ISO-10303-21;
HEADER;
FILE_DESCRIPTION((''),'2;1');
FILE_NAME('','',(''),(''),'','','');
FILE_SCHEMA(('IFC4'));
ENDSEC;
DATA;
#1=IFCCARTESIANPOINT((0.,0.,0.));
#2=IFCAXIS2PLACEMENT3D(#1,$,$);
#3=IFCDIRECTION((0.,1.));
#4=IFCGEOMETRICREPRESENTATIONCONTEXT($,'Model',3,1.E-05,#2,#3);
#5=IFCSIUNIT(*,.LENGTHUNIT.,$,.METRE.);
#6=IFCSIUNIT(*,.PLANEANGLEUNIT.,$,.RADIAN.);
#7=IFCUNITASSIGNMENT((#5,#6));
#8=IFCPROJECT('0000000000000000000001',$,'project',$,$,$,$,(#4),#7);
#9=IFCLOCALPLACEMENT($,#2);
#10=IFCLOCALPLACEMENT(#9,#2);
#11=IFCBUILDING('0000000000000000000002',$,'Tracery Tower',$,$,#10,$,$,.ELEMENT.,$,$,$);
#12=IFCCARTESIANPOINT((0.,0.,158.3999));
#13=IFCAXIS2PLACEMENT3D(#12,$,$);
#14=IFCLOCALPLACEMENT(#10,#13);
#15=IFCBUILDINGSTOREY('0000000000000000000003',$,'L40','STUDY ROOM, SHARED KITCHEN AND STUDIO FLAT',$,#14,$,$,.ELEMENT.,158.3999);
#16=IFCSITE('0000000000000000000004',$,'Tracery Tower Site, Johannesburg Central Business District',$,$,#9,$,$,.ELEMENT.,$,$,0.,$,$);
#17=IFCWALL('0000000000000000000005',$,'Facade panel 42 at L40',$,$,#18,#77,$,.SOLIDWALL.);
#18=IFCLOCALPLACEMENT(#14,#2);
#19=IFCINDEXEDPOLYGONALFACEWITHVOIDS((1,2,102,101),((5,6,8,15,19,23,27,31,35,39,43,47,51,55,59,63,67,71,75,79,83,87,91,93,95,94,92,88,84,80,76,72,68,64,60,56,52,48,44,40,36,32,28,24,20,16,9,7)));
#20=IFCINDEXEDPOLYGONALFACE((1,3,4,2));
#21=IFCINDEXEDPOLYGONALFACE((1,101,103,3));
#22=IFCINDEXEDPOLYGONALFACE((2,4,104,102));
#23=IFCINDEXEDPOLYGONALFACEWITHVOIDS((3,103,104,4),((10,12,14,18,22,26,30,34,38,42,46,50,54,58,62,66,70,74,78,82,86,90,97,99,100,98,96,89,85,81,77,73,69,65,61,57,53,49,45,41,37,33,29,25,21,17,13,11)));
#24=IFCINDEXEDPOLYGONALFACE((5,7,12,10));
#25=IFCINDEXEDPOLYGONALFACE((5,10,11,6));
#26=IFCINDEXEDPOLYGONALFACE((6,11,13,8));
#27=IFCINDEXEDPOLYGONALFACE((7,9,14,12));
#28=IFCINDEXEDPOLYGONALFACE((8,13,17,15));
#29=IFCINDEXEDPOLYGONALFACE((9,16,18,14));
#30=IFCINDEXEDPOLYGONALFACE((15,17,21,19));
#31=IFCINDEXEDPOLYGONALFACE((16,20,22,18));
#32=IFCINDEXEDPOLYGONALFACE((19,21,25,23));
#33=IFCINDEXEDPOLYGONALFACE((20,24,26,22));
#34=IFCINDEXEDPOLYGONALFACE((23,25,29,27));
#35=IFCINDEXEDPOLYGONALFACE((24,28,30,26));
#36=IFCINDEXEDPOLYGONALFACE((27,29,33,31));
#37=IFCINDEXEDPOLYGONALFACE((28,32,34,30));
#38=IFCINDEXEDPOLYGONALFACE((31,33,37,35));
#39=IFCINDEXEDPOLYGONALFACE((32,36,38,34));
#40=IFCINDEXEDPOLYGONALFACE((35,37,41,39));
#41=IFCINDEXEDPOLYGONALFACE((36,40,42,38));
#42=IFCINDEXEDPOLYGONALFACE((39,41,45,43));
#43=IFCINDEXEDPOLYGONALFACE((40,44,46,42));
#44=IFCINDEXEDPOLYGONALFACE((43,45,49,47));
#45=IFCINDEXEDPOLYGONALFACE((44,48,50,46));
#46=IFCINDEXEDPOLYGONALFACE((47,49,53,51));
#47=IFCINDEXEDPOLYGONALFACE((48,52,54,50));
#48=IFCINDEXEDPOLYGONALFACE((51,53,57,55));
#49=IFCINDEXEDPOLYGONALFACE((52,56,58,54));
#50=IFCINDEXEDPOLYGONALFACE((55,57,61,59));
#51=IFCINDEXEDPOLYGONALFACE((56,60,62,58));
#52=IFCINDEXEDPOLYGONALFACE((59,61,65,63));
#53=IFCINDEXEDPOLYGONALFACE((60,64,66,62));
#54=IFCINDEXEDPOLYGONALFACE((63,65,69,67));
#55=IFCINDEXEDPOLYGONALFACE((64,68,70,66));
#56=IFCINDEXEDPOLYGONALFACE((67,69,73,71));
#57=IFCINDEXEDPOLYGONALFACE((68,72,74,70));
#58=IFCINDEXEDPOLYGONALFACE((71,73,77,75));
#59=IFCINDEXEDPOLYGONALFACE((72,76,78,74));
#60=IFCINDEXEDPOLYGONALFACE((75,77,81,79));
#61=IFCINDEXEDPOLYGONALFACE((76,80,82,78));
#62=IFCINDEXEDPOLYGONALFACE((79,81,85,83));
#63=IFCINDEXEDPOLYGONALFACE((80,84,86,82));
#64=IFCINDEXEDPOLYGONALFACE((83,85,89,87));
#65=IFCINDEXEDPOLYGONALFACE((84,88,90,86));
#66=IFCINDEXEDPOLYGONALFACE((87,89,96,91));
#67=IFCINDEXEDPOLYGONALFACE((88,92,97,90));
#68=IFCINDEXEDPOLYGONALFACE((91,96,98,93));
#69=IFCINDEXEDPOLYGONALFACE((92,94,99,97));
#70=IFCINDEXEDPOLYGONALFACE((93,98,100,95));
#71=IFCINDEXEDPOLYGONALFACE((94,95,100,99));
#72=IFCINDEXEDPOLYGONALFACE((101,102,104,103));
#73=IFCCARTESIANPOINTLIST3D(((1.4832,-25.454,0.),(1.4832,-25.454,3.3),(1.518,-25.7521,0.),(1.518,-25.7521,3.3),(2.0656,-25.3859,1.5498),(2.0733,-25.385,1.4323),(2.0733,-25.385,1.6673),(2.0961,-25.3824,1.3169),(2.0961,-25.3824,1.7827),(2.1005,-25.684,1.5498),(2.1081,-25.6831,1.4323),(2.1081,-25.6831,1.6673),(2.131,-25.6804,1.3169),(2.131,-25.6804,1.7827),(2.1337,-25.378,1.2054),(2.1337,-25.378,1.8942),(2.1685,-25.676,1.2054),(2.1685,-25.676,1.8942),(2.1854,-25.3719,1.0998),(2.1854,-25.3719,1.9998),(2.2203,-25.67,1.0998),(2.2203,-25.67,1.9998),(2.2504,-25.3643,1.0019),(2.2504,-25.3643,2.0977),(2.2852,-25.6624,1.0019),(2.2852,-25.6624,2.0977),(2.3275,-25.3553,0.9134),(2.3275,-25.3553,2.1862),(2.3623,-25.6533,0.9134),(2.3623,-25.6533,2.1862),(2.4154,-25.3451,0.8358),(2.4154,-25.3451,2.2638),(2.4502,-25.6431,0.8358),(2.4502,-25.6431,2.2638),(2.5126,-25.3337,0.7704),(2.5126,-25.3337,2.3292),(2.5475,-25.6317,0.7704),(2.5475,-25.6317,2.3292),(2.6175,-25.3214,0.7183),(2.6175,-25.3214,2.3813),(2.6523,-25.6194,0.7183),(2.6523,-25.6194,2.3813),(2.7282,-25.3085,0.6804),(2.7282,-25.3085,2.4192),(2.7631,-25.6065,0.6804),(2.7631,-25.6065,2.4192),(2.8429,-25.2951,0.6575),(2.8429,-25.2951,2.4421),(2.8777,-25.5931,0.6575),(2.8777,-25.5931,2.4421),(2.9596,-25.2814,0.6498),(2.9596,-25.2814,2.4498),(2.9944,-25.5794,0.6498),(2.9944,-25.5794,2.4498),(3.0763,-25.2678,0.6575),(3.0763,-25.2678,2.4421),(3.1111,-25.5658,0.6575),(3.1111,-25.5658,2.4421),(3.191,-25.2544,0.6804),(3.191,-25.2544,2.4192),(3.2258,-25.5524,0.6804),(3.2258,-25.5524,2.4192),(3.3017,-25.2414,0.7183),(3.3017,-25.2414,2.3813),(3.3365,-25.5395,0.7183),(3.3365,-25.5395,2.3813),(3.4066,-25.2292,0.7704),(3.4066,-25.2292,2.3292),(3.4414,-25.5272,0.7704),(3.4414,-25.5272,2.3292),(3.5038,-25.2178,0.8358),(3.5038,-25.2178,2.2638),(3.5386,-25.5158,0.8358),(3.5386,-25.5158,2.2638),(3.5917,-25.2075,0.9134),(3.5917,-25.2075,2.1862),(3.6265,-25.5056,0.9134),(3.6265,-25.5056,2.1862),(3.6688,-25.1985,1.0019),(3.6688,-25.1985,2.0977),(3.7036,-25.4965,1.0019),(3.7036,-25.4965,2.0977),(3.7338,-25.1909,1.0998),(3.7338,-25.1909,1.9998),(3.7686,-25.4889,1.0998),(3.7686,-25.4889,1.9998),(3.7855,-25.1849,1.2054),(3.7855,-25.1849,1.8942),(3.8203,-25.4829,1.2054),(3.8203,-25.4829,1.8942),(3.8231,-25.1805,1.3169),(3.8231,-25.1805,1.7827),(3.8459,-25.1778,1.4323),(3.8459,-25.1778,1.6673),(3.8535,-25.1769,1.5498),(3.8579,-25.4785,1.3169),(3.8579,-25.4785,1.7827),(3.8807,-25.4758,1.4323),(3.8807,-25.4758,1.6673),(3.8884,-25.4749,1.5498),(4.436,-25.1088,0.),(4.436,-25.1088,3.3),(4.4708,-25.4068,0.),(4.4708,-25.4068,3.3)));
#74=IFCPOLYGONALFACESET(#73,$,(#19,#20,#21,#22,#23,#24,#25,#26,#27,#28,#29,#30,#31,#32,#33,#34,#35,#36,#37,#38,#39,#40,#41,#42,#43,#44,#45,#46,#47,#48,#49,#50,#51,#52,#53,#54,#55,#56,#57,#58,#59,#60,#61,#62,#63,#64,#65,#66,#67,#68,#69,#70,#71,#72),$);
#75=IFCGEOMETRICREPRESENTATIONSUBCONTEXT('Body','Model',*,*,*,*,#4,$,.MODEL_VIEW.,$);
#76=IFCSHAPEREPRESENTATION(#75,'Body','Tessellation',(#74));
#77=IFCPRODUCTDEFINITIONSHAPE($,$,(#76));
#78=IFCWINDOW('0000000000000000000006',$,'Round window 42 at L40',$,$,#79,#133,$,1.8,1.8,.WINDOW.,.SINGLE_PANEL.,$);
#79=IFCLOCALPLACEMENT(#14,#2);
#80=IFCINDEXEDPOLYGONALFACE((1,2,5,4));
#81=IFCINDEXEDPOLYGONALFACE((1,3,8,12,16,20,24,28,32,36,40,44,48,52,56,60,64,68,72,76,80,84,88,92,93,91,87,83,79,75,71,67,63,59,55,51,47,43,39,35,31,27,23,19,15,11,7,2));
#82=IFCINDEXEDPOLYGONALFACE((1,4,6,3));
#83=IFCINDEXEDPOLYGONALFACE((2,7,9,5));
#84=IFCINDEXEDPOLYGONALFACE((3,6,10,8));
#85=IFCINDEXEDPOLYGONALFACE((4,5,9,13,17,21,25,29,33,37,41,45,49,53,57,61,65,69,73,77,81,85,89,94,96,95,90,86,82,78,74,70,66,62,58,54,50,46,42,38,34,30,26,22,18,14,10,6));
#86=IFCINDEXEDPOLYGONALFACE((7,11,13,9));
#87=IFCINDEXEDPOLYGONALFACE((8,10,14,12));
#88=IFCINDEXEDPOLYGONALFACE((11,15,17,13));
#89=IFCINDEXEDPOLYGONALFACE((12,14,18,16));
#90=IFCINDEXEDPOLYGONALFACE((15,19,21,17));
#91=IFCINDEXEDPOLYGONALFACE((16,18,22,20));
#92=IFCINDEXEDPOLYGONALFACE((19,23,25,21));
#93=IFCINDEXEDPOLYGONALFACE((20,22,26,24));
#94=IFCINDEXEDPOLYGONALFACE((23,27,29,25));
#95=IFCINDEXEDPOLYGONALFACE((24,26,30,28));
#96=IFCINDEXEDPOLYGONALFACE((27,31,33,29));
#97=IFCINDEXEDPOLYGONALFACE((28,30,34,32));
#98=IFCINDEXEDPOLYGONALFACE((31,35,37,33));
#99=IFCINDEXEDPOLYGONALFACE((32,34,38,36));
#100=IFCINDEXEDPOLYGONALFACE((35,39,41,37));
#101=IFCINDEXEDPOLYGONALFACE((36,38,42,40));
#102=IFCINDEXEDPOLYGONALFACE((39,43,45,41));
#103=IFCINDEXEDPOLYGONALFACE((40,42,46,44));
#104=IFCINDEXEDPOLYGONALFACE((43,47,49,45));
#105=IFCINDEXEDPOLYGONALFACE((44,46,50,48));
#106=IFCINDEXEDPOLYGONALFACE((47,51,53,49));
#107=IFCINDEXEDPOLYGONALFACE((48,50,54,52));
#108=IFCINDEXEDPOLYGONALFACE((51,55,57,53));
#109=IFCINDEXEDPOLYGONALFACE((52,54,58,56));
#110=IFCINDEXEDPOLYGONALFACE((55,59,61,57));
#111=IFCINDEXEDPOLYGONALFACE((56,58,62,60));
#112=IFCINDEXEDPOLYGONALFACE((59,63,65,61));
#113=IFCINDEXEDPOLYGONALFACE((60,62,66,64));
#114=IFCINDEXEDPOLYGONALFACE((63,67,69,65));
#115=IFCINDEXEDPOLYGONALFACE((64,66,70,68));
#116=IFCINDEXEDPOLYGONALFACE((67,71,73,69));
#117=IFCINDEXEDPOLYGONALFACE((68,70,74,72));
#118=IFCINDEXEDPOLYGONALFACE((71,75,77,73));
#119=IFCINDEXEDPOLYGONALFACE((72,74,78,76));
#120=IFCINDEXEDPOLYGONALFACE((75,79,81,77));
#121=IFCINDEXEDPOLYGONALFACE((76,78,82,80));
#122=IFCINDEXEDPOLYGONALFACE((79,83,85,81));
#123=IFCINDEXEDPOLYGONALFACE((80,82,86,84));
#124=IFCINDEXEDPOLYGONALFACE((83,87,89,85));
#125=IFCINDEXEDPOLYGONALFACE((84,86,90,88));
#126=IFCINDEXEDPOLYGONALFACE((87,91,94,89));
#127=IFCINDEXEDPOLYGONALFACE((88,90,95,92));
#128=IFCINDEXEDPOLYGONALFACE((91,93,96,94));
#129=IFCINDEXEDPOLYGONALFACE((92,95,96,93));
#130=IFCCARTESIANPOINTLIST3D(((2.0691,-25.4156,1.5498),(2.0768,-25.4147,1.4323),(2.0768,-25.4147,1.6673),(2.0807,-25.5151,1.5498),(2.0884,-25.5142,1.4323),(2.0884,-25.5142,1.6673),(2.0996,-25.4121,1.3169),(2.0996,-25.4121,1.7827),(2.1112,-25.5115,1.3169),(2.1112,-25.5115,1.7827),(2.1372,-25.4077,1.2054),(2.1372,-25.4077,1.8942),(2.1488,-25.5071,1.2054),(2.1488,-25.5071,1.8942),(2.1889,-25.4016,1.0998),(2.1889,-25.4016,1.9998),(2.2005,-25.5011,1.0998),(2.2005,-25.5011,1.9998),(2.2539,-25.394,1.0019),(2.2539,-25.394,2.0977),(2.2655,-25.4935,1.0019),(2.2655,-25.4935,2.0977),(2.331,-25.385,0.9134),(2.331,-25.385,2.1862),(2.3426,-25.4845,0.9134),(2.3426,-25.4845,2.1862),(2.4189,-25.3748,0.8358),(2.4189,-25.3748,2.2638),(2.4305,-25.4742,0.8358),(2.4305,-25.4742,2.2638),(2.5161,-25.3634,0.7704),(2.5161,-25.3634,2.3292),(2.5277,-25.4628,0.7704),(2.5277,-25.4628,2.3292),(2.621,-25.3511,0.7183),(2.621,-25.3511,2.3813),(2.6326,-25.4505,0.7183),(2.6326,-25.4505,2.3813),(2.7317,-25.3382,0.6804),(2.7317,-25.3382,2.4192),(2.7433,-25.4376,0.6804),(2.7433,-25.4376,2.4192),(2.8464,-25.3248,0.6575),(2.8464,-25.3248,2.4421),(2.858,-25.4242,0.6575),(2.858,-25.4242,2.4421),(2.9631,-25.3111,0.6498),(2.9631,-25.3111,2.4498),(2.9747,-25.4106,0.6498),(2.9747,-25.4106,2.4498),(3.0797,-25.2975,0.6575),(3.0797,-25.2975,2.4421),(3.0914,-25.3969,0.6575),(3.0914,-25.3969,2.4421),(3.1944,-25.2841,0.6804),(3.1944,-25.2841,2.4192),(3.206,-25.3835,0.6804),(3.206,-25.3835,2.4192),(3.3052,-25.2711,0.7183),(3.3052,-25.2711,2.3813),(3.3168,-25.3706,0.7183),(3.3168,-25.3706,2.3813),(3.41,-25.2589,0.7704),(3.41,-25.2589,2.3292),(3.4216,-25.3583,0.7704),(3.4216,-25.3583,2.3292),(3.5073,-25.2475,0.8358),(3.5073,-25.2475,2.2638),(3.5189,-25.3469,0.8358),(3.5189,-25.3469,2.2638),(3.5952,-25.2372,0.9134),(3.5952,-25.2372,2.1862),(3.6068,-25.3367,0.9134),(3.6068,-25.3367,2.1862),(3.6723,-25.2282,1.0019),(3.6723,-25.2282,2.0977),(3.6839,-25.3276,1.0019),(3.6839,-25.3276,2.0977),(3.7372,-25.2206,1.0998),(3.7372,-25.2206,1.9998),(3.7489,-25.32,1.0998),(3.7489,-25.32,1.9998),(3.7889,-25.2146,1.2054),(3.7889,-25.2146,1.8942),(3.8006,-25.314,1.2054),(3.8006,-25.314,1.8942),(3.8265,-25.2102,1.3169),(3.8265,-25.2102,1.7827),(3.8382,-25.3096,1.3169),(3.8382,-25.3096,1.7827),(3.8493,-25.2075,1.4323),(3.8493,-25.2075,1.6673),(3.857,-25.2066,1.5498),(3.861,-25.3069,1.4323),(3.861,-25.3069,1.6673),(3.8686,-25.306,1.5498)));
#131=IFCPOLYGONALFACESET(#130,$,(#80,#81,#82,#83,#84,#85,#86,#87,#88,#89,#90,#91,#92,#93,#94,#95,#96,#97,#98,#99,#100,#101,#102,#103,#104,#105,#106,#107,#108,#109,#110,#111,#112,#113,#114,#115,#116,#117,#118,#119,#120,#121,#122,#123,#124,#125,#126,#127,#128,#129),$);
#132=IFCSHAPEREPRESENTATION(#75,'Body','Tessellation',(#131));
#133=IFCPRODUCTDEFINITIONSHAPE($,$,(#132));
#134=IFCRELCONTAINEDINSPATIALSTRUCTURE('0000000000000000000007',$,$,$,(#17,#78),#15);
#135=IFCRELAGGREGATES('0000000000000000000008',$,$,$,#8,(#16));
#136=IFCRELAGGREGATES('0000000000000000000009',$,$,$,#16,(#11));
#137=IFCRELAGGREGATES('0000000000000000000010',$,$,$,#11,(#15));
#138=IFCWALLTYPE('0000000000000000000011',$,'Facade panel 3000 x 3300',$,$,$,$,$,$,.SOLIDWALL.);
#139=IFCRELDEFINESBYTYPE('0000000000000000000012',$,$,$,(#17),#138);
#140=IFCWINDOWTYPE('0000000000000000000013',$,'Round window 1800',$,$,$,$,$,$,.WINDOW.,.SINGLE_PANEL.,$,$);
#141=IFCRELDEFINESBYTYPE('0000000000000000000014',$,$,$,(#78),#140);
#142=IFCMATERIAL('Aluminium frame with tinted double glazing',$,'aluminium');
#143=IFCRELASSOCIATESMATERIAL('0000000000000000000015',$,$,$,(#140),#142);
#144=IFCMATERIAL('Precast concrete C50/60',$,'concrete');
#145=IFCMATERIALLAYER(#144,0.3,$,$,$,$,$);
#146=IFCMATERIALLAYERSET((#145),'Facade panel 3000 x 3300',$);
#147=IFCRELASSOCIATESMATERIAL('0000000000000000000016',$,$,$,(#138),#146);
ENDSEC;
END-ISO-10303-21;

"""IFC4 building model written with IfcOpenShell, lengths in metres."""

from ifc_helpers import new_model, si_unit, direction, frame, frame_2d, origin, origin_2d, place, context, subcontext, project, spatial, rectangle, circle, extrude, material, layer, layer_set, type_object, element, fill, save


model = new_model("IFC4")

# Units and contexts
model_context = context("Model", 3, precision=1e-05, world=origin(), true_north=direction((0.0, 1.0)))
body_context = subcontext(model_context, "Body", "Model", "MODEL_VIEW")
ifc_project = project(units=[si_unit("LENGTHUNIT", "METRE"), si_unit("PLANEANGLEUNIT", "RADIAN")], contexts=[model_context])

# Site, building, storey
site_placement = place(None, origin())
site = spatial("IfcSite", under=ifc_project, at=site_placement, Name="Tracery Tower Site, Johannesburg Central Business District", CompositionType="ELEMENT", RefElevation=0.0)
building_placement = place(site_placement, origin())
building = spatial("IfcBuilding", under=site, at=building_placement, Name="Tracery Tower", CompositionType="ELEMENT")
storey_placement = place(building_placement, frame((0.0, 0.0, 158.3999)))
storey = spatial("IfcBuildingStorey", under=building, at=storey_placement, Name="L40", Description="STUDY ROOM, SHARED KITCHEN AND STUDIO FLAT", CompositionType="ELEMENT", Elevation=158.3999)

# Wall, opening, window
ifc_material_1 = material(Name="Aluminium frame with tinted double glazing", Category="aluminium")
window_type = type_object("IfcWindowType", Name="Round window 1800", PartitioningType="SINGLE_PANEL", PredefinedType="WINDOW", material=ifc_material_1)
ifc_material_2 = material(Name="Precast concrete C50/60", Category="concrete")
ifc_layer_1 = layer(ifc_material_2, 0.3)
ifc_layer_set_1 = layer_set([ifc_layer_1], Name="Facade panel 3000 x 3300")
wall_type_1 = type_object("IfcWallType", Name="Facade panel 3000 x 3300", PredefinedType="SOLIDWALL", material=ifc_layer_set_1)
wall_1_placement = place(storey_placement, frame((1.5007, -25.603, 0.0), z_axis=(0.0, 0.0, 1.0), x_axis=(0.993236, 0.116117, 0.0)))
wall_1 = element("IfcWall", 1, at=wall_1_placement, inside=storey, type_object=wall_type_1, Name="Facade panel 42 at L40", PredefinedType="SOLIDWALL", context=body_context, shape_type="SweptSolid", body=[
    extrude(rectangle(XDim=2.9729, YDim=0.3, at=frame_2d((1.4863, 0.0))), origin(), (0.0, 0.0, 1.0), 3.3),
])
opening_1_placement = place(wall_1_placement, frame((1.4863, 0.0, 1.5498)))
opening_1 = element("IfcOpeningElement", 2, at=opening_1_placement, cuts=wall_1, PredefinedType="OPENING", context=body_context, shape_type="SweptSolid", body=[
    extrude(circle(Radius=0.9, at=origin_2d()), frame((0.0, 0.1599, 0.0), z_axis=(0.0, -1.0, 0.0), x_axis=(1.0, 0.0, 0.0)), (0.0, 0.0, 1.0), 0.3201),
])
window_1_placement = place(opening_1_placement, origin())
window_1 = element("IfcWindow", 3, at=window_1_placement, inside=storey, type_object=window_type, Name="Round window 42 at L40", OverallHeight=1.8, OverallWidth=1.8, PartitioningType="SINGLE_PANEL", PredefinedType="WINDOW", context=body_context, shape_type="SweptSolid", body=[
    extrude(circle(Radius=0.9, at=origin_2d()), frame((0.0, 0.1201, 0.0), z_axis=(0.0, -1.0, 0.0), x_axis=(1.0, 0.0, 0.0)), (0.0, 0.0, 1.0), 0.1001),
])
fill(opening_1, window_1)

save(model, "model.ifc")
